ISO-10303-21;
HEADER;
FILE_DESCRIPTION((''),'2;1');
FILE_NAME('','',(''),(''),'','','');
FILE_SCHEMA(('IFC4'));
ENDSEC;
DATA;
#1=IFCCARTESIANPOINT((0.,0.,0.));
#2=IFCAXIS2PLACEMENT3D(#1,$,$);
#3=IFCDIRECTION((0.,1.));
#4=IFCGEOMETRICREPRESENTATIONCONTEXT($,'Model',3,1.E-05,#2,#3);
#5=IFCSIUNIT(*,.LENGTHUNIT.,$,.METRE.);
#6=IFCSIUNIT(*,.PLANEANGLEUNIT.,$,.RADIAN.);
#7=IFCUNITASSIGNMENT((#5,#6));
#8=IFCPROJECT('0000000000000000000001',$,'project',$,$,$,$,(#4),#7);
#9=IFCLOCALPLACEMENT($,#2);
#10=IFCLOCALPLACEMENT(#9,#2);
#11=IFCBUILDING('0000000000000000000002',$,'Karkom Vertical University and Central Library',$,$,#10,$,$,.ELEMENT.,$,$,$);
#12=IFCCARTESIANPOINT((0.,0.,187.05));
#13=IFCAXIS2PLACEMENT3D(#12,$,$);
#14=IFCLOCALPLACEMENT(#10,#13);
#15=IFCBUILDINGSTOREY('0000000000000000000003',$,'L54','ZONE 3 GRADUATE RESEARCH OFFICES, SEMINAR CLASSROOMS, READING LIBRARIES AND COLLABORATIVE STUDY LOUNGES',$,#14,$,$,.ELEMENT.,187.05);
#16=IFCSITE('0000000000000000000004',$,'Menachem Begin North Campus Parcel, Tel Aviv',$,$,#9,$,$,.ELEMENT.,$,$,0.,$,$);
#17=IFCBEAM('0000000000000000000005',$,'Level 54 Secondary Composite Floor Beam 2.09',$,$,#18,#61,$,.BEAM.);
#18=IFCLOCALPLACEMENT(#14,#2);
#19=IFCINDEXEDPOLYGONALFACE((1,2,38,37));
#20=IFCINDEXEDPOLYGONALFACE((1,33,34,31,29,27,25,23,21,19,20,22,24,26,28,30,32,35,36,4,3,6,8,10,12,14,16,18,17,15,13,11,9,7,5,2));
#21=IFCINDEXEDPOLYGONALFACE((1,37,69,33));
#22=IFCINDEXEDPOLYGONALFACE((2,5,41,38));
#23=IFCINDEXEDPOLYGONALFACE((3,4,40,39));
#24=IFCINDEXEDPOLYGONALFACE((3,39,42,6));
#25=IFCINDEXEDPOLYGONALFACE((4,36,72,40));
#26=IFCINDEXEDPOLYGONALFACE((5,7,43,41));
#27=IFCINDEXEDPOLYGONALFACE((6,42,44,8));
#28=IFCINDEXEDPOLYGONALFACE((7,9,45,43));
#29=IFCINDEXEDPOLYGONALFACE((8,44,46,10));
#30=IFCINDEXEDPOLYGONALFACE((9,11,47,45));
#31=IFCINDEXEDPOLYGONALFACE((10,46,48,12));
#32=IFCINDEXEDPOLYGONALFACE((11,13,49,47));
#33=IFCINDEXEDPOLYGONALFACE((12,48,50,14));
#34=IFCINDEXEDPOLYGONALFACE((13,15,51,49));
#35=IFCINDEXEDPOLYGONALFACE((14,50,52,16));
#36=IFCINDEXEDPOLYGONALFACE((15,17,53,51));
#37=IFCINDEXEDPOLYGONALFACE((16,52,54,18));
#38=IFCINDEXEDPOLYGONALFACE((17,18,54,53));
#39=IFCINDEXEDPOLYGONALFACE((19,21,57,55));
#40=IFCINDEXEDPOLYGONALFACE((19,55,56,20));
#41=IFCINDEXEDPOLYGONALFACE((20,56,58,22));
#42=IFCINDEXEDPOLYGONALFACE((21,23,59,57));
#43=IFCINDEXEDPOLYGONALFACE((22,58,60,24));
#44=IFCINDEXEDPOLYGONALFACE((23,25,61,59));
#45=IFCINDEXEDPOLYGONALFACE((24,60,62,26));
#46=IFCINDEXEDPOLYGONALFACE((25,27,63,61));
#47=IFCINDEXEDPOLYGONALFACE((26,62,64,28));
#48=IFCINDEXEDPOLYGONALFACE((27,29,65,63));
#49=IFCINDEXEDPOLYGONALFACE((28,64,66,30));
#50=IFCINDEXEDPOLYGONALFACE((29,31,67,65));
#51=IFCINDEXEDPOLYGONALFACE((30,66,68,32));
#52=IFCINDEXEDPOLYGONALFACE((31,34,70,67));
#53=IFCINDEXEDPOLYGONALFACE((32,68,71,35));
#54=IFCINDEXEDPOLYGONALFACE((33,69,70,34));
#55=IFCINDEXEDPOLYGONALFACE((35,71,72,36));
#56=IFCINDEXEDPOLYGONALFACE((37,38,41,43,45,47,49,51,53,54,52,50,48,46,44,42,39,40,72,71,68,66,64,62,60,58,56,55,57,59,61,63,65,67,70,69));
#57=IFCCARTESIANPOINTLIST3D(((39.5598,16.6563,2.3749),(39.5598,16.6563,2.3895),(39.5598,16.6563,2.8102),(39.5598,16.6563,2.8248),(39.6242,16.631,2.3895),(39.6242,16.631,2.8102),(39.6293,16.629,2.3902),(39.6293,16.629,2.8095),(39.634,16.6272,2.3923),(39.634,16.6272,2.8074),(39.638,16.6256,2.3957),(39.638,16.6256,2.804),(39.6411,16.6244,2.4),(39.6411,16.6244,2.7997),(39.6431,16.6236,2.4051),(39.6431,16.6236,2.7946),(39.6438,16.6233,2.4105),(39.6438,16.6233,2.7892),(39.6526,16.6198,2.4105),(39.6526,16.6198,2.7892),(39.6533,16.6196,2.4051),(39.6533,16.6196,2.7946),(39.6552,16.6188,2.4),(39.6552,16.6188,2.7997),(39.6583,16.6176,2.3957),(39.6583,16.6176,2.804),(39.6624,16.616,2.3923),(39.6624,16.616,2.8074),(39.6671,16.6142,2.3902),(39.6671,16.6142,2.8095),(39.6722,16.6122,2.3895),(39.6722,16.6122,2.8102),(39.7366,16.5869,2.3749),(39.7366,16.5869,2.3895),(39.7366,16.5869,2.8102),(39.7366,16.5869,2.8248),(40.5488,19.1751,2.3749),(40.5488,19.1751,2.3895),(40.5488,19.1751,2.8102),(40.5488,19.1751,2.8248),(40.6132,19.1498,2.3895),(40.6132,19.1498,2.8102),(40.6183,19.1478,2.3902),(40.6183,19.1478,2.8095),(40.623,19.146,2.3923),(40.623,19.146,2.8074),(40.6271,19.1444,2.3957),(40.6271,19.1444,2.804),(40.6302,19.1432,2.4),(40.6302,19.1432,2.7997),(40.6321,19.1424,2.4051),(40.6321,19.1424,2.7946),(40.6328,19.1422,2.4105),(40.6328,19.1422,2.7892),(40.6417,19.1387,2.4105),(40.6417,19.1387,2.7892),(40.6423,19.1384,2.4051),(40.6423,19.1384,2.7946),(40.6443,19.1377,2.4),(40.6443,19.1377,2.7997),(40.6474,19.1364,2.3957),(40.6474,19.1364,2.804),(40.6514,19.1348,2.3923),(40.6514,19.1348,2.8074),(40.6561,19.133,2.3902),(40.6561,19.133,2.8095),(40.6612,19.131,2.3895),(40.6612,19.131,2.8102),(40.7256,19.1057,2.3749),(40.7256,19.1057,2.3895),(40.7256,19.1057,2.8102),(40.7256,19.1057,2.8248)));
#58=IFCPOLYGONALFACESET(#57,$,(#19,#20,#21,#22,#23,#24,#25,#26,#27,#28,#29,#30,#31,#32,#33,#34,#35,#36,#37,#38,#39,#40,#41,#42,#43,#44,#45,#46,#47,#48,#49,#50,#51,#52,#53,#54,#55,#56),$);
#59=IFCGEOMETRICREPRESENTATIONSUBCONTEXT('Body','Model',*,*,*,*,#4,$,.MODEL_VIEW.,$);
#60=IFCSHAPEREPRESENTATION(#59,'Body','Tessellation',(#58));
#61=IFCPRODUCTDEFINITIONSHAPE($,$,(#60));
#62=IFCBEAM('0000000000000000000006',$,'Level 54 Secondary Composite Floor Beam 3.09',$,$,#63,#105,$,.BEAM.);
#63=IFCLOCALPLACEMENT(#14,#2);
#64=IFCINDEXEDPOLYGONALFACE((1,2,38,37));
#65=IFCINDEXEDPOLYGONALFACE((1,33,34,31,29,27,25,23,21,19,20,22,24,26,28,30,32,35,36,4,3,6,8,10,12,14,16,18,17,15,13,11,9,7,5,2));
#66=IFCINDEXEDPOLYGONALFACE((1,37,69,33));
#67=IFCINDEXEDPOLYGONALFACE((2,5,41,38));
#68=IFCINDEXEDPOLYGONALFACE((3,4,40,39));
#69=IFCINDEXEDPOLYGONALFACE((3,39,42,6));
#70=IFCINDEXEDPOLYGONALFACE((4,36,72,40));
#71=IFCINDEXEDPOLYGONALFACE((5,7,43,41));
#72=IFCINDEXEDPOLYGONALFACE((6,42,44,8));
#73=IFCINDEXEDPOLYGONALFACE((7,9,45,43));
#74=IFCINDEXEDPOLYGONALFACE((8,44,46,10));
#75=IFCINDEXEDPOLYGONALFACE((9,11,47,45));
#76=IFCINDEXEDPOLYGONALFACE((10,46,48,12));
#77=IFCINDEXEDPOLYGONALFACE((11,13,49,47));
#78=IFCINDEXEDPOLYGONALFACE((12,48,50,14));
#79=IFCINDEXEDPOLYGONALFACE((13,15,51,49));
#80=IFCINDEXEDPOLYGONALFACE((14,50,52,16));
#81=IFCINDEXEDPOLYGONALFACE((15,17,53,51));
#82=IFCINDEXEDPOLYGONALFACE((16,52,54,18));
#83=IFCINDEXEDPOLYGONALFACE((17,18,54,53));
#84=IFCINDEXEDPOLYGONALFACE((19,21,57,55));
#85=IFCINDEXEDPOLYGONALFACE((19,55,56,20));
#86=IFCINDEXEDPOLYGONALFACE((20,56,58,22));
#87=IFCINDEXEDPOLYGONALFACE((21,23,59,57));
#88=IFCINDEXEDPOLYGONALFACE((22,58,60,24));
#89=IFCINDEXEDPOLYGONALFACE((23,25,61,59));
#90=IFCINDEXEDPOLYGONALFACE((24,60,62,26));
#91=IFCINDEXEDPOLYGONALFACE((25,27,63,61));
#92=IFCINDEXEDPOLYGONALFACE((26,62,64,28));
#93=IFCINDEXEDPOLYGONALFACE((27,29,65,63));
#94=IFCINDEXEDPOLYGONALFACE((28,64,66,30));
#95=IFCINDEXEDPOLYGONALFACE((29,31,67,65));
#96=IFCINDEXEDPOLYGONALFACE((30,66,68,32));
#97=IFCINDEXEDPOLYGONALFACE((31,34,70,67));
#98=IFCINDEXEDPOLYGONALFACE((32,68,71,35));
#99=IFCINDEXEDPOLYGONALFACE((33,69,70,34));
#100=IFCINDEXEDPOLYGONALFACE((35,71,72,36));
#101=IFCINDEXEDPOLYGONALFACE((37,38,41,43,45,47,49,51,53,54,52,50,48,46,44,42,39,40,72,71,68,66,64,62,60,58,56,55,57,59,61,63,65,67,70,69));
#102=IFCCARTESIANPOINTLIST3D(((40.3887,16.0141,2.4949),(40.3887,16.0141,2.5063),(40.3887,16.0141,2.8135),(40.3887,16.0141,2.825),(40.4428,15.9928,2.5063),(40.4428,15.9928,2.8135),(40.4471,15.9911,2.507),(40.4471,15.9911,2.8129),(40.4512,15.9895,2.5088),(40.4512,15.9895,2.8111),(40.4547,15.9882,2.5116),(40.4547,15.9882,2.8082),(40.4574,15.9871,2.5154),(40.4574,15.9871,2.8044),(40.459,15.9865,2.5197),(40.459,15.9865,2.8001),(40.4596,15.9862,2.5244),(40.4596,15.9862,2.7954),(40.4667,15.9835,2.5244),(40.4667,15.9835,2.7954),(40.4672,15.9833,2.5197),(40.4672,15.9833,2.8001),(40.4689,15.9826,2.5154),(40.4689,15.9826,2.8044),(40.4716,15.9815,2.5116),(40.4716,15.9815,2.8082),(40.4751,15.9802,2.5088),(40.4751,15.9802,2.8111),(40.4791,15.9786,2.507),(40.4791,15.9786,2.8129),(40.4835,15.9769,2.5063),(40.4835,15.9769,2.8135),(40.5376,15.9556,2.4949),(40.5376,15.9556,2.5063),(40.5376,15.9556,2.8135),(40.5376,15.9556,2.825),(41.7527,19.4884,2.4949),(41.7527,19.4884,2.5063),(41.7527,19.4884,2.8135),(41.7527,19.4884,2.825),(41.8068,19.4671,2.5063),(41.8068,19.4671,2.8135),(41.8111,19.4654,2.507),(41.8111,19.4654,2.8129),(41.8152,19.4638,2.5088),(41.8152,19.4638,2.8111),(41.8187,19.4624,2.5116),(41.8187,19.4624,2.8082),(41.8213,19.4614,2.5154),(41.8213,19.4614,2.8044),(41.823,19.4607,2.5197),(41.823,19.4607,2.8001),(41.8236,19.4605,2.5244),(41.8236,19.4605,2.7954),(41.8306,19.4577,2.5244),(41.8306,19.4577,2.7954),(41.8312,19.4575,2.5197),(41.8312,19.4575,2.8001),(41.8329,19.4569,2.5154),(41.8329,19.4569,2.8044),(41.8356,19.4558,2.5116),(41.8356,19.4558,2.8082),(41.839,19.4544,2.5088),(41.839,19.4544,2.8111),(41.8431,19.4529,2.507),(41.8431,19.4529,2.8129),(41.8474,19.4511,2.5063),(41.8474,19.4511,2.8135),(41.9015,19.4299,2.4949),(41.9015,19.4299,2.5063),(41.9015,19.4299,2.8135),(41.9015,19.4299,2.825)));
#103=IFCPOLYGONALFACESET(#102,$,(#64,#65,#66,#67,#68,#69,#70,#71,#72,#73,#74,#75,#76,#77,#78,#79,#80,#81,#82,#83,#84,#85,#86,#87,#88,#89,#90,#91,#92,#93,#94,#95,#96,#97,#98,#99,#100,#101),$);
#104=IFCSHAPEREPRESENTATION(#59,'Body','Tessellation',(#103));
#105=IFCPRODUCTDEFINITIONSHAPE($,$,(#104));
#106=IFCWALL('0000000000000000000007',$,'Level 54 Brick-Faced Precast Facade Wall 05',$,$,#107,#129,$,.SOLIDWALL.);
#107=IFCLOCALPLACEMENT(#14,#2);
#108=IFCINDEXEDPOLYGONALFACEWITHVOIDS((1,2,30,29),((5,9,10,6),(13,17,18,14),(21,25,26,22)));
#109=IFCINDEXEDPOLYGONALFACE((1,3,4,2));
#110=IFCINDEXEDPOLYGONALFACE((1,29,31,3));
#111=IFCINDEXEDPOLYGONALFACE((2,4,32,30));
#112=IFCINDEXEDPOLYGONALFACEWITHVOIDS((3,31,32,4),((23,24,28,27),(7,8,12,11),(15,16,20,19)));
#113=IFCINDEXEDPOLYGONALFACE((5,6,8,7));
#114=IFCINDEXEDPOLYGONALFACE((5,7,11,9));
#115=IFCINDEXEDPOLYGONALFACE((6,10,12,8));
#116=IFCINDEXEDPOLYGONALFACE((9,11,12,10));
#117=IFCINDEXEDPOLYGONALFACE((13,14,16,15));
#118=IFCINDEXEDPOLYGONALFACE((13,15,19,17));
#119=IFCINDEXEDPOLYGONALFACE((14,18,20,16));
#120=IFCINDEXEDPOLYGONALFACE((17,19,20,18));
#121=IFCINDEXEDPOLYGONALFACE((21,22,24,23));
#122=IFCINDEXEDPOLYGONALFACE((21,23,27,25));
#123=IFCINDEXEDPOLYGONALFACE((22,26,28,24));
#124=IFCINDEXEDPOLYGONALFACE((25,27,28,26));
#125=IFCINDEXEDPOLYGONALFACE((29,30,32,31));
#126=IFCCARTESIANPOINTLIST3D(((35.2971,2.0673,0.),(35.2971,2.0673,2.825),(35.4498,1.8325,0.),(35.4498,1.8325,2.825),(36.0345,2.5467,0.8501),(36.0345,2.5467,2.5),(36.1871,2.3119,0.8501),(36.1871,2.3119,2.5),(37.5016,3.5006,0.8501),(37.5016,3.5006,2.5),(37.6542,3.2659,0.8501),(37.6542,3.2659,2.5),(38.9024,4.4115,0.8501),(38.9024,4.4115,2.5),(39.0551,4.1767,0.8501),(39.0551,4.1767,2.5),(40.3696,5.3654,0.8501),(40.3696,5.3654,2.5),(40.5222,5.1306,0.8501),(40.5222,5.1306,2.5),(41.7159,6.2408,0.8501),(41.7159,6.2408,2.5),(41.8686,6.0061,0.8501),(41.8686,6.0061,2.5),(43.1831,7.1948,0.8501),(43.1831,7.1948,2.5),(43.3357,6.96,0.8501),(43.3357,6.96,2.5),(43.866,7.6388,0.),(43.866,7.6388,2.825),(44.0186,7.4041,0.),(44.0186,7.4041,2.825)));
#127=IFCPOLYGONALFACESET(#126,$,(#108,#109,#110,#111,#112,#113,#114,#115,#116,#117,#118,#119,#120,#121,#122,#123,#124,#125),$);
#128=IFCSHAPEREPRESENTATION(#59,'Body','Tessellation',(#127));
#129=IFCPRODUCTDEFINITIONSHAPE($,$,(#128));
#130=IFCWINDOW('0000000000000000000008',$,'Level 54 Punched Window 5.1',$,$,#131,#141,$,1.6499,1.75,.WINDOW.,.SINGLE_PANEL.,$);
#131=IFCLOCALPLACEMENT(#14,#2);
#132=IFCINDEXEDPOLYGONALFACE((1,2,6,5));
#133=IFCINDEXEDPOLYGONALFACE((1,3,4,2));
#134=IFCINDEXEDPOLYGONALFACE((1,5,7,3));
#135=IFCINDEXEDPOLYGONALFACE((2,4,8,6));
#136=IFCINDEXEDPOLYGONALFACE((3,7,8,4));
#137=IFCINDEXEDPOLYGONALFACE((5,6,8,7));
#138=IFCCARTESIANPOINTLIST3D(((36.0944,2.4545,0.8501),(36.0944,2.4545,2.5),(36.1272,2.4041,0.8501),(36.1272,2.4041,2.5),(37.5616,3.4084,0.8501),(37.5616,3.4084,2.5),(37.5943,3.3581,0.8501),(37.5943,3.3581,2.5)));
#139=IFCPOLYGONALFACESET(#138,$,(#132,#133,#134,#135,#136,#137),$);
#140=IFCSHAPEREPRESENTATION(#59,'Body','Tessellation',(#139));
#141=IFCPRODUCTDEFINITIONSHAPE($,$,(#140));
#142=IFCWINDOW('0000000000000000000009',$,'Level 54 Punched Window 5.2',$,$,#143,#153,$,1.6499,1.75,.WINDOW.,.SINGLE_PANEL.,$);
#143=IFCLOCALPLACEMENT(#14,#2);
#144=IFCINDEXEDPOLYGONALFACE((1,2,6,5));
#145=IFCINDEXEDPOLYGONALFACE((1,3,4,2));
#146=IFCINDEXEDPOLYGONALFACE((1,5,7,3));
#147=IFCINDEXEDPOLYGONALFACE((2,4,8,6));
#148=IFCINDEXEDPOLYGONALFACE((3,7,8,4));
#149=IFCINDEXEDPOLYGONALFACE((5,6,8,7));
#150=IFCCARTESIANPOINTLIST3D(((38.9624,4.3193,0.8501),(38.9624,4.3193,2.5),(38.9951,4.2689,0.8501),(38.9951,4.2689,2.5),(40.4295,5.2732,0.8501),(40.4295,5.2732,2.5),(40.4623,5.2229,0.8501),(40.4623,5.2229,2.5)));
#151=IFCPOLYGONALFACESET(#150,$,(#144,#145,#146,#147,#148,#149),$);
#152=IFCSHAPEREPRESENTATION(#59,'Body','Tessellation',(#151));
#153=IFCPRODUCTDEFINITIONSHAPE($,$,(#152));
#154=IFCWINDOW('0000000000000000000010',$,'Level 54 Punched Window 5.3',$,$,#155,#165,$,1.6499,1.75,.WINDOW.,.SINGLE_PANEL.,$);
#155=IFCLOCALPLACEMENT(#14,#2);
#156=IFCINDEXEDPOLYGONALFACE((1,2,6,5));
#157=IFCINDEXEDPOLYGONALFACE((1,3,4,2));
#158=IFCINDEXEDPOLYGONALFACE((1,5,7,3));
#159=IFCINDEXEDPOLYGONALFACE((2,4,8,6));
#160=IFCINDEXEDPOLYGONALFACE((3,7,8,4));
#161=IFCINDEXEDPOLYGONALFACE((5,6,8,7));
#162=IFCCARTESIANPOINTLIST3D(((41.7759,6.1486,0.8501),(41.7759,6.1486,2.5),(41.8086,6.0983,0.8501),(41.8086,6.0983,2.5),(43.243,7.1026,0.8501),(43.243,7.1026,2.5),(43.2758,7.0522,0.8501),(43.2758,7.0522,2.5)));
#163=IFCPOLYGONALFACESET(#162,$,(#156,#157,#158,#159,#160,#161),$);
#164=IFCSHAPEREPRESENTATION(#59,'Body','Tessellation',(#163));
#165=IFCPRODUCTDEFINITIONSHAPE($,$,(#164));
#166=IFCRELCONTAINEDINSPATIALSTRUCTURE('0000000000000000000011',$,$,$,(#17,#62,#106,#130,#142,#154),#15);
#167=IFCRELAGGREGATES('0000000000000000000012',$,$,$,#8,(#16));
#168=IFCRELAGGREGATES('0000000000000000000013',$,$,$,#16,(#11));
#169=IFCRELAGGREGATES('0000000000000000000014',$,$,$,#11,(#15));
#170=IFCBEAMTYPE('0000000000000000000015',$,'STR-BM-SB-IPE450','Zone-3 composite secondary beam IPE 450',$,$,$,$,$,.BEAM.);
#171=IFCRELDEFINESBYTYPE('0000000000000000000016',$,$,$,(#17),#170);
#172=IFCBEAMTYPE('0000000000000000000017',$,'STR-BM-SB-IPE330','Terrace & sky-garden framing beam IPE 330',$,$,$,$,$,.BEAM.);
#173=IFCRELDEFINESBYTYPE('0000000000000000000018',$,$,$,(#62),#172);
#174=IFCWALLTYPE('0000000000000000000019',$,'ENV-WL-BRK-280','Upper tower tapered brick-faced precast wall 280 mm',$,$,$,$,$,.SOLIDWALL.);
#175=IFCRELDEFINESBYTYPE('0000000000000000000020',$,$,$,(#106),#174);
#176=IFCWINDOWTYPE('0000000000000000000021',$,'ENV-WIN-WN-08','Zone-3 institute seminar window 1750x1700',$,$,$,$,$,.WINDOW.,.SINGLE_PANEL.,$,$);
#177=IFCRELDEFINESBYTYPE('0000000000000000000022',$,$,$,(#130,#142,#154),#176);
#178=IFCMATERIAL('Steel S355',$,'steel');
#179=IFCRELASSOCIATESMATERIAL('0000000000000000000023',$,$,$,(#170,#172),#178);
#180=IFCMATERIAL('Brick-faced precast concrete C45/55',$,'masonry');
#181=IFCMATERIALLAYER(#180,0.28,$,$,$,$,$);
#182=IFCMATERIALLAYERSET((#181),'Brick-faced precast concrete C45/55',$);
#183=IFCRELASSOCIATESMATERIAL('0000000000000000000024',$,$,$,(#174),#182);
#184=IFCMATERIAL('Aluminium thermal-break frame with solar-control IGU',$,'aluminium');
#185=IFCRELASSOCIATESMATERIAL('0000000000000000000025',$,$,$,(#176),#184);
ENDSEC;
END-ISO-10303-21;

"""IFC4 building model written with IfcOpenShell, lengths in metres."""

from ifc_helpers import new_model, si_unit, direction, frame, frame_2d, origin, origin_with_axes, origin_2d, place, context, subcontext, project, spatial, rectangle, i_section, extrude, source, transform, mapped, material, layer, layer_set, material_profile, profile_set, type_object, element, fill, save


model = new_model("IFC4")

# Units and contexts
model_context = context("Model", 3, precision=1e-05, world=origin(), true_north=direction((0.0, 1.0)))
body_context = subcontext(model_context, "Body", "Model", "MODEL_VIEW")
ifc_project = project(units=[si_unit("LENGTHUNIT", "METRE"), si_unit("PLANEANGLEUNIT", "RADIAN")], contexts=[model_context])

# Site, building, storey
site_placement = place(None, origin())
site = spatial("IfcSite", under=ifc_project, at=site_placement, Name="Menachem Begin North Campus Parcel, Tel Aviv", CompositionType="ELEMENT", RefElevation=0.0)
building_placement = place(site_placement, origin())
building = spatial("IfcBuilding", under=site, at=building_placement, Name="Karkom Vertical University and Central Library", CompositionType="ELEMENT")
storey_placement = place(building_placement, frame((0.0, 0.0, 187.05)))
storey = spatial("IfcBuildingStorey", under=building, at=storey_placement, Name="L54", Description="ZONE 3 GRADUATE RESEARCH OFFICES, SEMINAR CLASSROOMS, READING LIBRARIES AND COLLABORATIVE STUDY LOUNGES", CompositionType="ELEMENT", Elevation=187.05)

# Beams
ifc_material_1 = material(Name="Steel S355", Category="steel")
ifc_material_profile_1 = material_profile(ifc_material_1, i_section(OverallWidth=0.1899, OverallDepth=0.45, WebThickness=0.0095, FlangeThickness=0.0146, FilletRadius=0.021, at=origin_2d()), Name="IPE 450")
ifc_profile_set_1 = profile_set([ifc_material_profile_1], Name="Steel S355")
beam_type_1 = type_object("IfcBeamType", Name="STR-BM-SB-IPE450", Description="Zone-3 composite secondary beam IPE 450", PredefinedType="BEAM", material=ifc_profile_set_1)
shared_shape_1 = source(origin_with_axes(), body_context, "Body", "SweptSolid", [
    extrude(i_section(OverallWidth=0.1899, OverallDepth=0.45, WebThickness=0.0095, FlangeThickness=0.0146, FilletRadius=0.021, at=origin_2d()), origin(), (0.0, 0.0, 1.0), 2.7061),
])
beam_1_placement = place(storey_placement, frame((39.6482, 16.6216, 2.5999), z_axis=(0.365488, 0.930816, 0.0), x_axis=(-0.930816, 0.365488, 0.0)))
element("IfcBeam", 1, at=beam_1_placement, inside=storey, type_object=beam_type_1, Name="Level 54 Secondary Composite Floor Beam 2.09", PredefinedType="BEAM", context=body_context, shape_type="MappedRepresentation", body=[
    mapped(shared_shape_1, transform((0.0, 0.0, 0.0), scale=1.0)),
])
ifc_material_profile_2 = material_profile(ifc_material_1, i_section(OverallWidth=0.1599, OverallDepth=0.3301, WebThickness=0.0076, FlangeThickness=0.0115, FilletRadius=0.0181, at=origin_2d()), Name="IPE 330")
ifc_profile_set_2 = profile_set([ifc_material_profile_2], Name="Steel S355")
beam_type_2 = type_object("IfcBeamType", Name="STR-BM-SB-IPE330", Description="Terrace & sky-garden framing beam IPE 330", PredefinedType="BEAM", material=ifc_profile_set_2)
shared_shape_2 = source(origin_with_axes(), body_context, "Body", "SweptSolid", [
    extrude(i_section(OverallWidth=0.1599, OverallDepth=0.3301, WebThickness=0.0076, FlangeThickness=0.0115, FilletRadius=0.0181, at=origin_2d()), origin(), (0.0, 0.0, 1.0), 3.7324),
])
beam_2_placement = place(storey_placement, frame((40.4631, 15.9849, 2.6599), z_axis=(0.36544, 0.930835, 0.0), x_axis=(-0.930835, 0.36544, 0.0)))
element("IfcBeam", 2, at=beam_2_placement, inside=storey, type_object=beam_type_2, Name="Level 54 Secondary Composite Floor Beam 3.09", PredefinedType="BEAM", context=body_context, shape_type="MappedRepresentation", body=[
    mapped(shared_shape_2, transform((0.0, 0.0, 0.0), scale=1.0)),
])

# Wall, openings, windows
ifc_material_2 = material(Name="Brick-faced precast concrete C45/55", Category="masonry")
ifc_layer_1 = layer(ifc_material_2, 0.28)
ifc_layer_set_1 = layer_set([ifc_layer_1], Name="Brick-faced precast concrete C45/55")
wall_type_1 = type_object("IfcWallType", Name="ENV-WL-BRK-280", Description="Upper tower tapered brick-faced precast wall 280 mm", PredefinedType="SOLIDWALL", material=ifc_layer_set_1)
wall_1_placement = place(storey_placement, frame((35.3735, 1.95, 0.0), z_axis=(0.0, 0.0, 1.0), x_axis=(0.838364, 0.545111, 0.0)))
wall_1 = element("IfcWall", 3, at=wall_1_placement, inside=storey, type_object=wall_type_1, Name="Level 54 Brick-Faced Precast Facade Wall 05", PredefinedType="SOLIDWALL", context=body_context, shape_type="SweptSolid", body=[
    extrude(rectangle(XDim=10.2209, YDim=0.28, at=frame_2d((5.1104, 0.0))), origin(), (0.0, 0.0, 1.0), 2.825),
])
opening_1_placement = place(wall_1_placement, frame((0.8794, 0.0, 0.8501)))
opening_1 = element("IfcOpeningElement", 4, at=opening_1_placement, cuts=wall_1, PredefinedType="OPENING", context=body_context, shape_type="SweptSolid", body=[
    extrude(rectangle(XDim=1.75, YDim=1.6499, at=frame_2d((0.875, 0.825))), frame((0.0, 0.1499, 0.0), z_axis=(0.0, -1.0, 0.0), x_axis=(1.0, 0.0, 0.0)), (0.0, 0.0, 1.0), 0.3),
])
opening_2_placement = place(wall_1_placement, frame((4.3003, 0.0, 0.8501)))
opening_2 = element("IfcOpeningElement", 5, at=opening_2_placement, cuts=wall_1, PredefinedType="OPENING", context=body_context, shape_type="SweptSolid", body=[
    extrude(rectangle(XDim=1.75, YDim=1.6499, at=frame_2d((0.875, 0.825))), frame((0.0, 0.1499, 0.0), z_axis=(0.0, -1.0, 0.0), x_axis=(1.0, 0.0, 0.0)), (0.0, 0.0, 1.0), 0.3),
])
opening_3_placement = place(wall_1_placement, frame((7.6562, 0.0, 0.8501)))
opening_3 = element("IfcOpeningElement", 6, at=opening_3_placement, cuts=wall_1, PredefinedType="OPENING", context=body_context, shape_type="SweptSolid", body=[
    extrude(rectangle(XDim=1.75, YDim=1.6499, at=frame_2d((0.875, 0.825))), frame((0.0, 0.1499, 0.0), z_axis=(0.0, -1.0, 0.0), x_axis=(1.0, 0.0, 0.0)), (0.0, 0.0, 1.0), 0.3),
])
ifc_material_3 = material(Name="Aluminium thermal-break frame with solar-control IGU", Category="aluminium")
window_type_1 = type_object("IfcWindowType", Name="ENV-WIN-WN-08", Description="Zone-3 institute seminar window 1750x1700", PartitioningType="SINGLE_PANEL", PredefinedType="WINDOW", material=ifc_material_3)
shared_shape_3 = source(origin_with_axes(), body_context, "Body", "SweptSolid", [
    extrude(rectangle(XDim=1.75, YDim=1.6499, at=frame_2d((0.875, 0.825))), frame((0.0, 0.03, 0.0), z_axis=(0.0, -1.0, 0.0), x_axis=(1.0, 0.0, 0.0)), (0.0, 0.0, 1.0), 0.0601),
])
window_1_placement = place(opening_1_placement, origin())
window_1 = element("IfcWindow", 7, at=window_1_placement, inside=storey, type_object=window_type_1, Name="Level 54 Punched Window 5.1", OverallHeight=1.6499, OverallWidth=1.75, PartitioningType="SINGLE_PANEL", PredefinedType="WINDOW", context=body_context, shape_type="MappedRepresentation", body=[
    mapped(shared_shape_3, transform((0.0, 0.0, 0.0), scale=1.0)),
])
fill(opening_1, window_1)
window_2_placement = place(opening_2_placement, origin())
window_2 = element("IfcWindow", 8, at=window_2_placement, inside=storey, type_object=window_type_1, Name="Level 54 Punched Window 5.2", OverallHeight=1.6499, OverallWidth=1.75, PartitioningType="SINGLE_PANEL", PredefinedType="WINDOW", context=body_context, shape_type="MappedRepresentation", body=[
    mapped(shared_shape_3, transform((0.0, 0.0, 0.0), scale=1.0)),
])
fill(opening_2, window_2)
window_3_placement = place(opening_3_placement, origin())
window_3 = element("IfcWindow", 9, at=window_3_placement, inside=storey, type_object=window_type_1, Name="Level 54 Punched Window 5.3", OverallHeight=1.6499, OverallWidth=1.75, PartitioningType="SINGLE_PANEL", PredefinedType="WINDOW", context=body_context, shape_type="MappedRepresentation", body=[
    mapped(shared_shape_3, transform((0.0, 0.0, 0.0), scale=1.0)),
])
fill(opening_3, window_3)

save(model, "model.ifc")
